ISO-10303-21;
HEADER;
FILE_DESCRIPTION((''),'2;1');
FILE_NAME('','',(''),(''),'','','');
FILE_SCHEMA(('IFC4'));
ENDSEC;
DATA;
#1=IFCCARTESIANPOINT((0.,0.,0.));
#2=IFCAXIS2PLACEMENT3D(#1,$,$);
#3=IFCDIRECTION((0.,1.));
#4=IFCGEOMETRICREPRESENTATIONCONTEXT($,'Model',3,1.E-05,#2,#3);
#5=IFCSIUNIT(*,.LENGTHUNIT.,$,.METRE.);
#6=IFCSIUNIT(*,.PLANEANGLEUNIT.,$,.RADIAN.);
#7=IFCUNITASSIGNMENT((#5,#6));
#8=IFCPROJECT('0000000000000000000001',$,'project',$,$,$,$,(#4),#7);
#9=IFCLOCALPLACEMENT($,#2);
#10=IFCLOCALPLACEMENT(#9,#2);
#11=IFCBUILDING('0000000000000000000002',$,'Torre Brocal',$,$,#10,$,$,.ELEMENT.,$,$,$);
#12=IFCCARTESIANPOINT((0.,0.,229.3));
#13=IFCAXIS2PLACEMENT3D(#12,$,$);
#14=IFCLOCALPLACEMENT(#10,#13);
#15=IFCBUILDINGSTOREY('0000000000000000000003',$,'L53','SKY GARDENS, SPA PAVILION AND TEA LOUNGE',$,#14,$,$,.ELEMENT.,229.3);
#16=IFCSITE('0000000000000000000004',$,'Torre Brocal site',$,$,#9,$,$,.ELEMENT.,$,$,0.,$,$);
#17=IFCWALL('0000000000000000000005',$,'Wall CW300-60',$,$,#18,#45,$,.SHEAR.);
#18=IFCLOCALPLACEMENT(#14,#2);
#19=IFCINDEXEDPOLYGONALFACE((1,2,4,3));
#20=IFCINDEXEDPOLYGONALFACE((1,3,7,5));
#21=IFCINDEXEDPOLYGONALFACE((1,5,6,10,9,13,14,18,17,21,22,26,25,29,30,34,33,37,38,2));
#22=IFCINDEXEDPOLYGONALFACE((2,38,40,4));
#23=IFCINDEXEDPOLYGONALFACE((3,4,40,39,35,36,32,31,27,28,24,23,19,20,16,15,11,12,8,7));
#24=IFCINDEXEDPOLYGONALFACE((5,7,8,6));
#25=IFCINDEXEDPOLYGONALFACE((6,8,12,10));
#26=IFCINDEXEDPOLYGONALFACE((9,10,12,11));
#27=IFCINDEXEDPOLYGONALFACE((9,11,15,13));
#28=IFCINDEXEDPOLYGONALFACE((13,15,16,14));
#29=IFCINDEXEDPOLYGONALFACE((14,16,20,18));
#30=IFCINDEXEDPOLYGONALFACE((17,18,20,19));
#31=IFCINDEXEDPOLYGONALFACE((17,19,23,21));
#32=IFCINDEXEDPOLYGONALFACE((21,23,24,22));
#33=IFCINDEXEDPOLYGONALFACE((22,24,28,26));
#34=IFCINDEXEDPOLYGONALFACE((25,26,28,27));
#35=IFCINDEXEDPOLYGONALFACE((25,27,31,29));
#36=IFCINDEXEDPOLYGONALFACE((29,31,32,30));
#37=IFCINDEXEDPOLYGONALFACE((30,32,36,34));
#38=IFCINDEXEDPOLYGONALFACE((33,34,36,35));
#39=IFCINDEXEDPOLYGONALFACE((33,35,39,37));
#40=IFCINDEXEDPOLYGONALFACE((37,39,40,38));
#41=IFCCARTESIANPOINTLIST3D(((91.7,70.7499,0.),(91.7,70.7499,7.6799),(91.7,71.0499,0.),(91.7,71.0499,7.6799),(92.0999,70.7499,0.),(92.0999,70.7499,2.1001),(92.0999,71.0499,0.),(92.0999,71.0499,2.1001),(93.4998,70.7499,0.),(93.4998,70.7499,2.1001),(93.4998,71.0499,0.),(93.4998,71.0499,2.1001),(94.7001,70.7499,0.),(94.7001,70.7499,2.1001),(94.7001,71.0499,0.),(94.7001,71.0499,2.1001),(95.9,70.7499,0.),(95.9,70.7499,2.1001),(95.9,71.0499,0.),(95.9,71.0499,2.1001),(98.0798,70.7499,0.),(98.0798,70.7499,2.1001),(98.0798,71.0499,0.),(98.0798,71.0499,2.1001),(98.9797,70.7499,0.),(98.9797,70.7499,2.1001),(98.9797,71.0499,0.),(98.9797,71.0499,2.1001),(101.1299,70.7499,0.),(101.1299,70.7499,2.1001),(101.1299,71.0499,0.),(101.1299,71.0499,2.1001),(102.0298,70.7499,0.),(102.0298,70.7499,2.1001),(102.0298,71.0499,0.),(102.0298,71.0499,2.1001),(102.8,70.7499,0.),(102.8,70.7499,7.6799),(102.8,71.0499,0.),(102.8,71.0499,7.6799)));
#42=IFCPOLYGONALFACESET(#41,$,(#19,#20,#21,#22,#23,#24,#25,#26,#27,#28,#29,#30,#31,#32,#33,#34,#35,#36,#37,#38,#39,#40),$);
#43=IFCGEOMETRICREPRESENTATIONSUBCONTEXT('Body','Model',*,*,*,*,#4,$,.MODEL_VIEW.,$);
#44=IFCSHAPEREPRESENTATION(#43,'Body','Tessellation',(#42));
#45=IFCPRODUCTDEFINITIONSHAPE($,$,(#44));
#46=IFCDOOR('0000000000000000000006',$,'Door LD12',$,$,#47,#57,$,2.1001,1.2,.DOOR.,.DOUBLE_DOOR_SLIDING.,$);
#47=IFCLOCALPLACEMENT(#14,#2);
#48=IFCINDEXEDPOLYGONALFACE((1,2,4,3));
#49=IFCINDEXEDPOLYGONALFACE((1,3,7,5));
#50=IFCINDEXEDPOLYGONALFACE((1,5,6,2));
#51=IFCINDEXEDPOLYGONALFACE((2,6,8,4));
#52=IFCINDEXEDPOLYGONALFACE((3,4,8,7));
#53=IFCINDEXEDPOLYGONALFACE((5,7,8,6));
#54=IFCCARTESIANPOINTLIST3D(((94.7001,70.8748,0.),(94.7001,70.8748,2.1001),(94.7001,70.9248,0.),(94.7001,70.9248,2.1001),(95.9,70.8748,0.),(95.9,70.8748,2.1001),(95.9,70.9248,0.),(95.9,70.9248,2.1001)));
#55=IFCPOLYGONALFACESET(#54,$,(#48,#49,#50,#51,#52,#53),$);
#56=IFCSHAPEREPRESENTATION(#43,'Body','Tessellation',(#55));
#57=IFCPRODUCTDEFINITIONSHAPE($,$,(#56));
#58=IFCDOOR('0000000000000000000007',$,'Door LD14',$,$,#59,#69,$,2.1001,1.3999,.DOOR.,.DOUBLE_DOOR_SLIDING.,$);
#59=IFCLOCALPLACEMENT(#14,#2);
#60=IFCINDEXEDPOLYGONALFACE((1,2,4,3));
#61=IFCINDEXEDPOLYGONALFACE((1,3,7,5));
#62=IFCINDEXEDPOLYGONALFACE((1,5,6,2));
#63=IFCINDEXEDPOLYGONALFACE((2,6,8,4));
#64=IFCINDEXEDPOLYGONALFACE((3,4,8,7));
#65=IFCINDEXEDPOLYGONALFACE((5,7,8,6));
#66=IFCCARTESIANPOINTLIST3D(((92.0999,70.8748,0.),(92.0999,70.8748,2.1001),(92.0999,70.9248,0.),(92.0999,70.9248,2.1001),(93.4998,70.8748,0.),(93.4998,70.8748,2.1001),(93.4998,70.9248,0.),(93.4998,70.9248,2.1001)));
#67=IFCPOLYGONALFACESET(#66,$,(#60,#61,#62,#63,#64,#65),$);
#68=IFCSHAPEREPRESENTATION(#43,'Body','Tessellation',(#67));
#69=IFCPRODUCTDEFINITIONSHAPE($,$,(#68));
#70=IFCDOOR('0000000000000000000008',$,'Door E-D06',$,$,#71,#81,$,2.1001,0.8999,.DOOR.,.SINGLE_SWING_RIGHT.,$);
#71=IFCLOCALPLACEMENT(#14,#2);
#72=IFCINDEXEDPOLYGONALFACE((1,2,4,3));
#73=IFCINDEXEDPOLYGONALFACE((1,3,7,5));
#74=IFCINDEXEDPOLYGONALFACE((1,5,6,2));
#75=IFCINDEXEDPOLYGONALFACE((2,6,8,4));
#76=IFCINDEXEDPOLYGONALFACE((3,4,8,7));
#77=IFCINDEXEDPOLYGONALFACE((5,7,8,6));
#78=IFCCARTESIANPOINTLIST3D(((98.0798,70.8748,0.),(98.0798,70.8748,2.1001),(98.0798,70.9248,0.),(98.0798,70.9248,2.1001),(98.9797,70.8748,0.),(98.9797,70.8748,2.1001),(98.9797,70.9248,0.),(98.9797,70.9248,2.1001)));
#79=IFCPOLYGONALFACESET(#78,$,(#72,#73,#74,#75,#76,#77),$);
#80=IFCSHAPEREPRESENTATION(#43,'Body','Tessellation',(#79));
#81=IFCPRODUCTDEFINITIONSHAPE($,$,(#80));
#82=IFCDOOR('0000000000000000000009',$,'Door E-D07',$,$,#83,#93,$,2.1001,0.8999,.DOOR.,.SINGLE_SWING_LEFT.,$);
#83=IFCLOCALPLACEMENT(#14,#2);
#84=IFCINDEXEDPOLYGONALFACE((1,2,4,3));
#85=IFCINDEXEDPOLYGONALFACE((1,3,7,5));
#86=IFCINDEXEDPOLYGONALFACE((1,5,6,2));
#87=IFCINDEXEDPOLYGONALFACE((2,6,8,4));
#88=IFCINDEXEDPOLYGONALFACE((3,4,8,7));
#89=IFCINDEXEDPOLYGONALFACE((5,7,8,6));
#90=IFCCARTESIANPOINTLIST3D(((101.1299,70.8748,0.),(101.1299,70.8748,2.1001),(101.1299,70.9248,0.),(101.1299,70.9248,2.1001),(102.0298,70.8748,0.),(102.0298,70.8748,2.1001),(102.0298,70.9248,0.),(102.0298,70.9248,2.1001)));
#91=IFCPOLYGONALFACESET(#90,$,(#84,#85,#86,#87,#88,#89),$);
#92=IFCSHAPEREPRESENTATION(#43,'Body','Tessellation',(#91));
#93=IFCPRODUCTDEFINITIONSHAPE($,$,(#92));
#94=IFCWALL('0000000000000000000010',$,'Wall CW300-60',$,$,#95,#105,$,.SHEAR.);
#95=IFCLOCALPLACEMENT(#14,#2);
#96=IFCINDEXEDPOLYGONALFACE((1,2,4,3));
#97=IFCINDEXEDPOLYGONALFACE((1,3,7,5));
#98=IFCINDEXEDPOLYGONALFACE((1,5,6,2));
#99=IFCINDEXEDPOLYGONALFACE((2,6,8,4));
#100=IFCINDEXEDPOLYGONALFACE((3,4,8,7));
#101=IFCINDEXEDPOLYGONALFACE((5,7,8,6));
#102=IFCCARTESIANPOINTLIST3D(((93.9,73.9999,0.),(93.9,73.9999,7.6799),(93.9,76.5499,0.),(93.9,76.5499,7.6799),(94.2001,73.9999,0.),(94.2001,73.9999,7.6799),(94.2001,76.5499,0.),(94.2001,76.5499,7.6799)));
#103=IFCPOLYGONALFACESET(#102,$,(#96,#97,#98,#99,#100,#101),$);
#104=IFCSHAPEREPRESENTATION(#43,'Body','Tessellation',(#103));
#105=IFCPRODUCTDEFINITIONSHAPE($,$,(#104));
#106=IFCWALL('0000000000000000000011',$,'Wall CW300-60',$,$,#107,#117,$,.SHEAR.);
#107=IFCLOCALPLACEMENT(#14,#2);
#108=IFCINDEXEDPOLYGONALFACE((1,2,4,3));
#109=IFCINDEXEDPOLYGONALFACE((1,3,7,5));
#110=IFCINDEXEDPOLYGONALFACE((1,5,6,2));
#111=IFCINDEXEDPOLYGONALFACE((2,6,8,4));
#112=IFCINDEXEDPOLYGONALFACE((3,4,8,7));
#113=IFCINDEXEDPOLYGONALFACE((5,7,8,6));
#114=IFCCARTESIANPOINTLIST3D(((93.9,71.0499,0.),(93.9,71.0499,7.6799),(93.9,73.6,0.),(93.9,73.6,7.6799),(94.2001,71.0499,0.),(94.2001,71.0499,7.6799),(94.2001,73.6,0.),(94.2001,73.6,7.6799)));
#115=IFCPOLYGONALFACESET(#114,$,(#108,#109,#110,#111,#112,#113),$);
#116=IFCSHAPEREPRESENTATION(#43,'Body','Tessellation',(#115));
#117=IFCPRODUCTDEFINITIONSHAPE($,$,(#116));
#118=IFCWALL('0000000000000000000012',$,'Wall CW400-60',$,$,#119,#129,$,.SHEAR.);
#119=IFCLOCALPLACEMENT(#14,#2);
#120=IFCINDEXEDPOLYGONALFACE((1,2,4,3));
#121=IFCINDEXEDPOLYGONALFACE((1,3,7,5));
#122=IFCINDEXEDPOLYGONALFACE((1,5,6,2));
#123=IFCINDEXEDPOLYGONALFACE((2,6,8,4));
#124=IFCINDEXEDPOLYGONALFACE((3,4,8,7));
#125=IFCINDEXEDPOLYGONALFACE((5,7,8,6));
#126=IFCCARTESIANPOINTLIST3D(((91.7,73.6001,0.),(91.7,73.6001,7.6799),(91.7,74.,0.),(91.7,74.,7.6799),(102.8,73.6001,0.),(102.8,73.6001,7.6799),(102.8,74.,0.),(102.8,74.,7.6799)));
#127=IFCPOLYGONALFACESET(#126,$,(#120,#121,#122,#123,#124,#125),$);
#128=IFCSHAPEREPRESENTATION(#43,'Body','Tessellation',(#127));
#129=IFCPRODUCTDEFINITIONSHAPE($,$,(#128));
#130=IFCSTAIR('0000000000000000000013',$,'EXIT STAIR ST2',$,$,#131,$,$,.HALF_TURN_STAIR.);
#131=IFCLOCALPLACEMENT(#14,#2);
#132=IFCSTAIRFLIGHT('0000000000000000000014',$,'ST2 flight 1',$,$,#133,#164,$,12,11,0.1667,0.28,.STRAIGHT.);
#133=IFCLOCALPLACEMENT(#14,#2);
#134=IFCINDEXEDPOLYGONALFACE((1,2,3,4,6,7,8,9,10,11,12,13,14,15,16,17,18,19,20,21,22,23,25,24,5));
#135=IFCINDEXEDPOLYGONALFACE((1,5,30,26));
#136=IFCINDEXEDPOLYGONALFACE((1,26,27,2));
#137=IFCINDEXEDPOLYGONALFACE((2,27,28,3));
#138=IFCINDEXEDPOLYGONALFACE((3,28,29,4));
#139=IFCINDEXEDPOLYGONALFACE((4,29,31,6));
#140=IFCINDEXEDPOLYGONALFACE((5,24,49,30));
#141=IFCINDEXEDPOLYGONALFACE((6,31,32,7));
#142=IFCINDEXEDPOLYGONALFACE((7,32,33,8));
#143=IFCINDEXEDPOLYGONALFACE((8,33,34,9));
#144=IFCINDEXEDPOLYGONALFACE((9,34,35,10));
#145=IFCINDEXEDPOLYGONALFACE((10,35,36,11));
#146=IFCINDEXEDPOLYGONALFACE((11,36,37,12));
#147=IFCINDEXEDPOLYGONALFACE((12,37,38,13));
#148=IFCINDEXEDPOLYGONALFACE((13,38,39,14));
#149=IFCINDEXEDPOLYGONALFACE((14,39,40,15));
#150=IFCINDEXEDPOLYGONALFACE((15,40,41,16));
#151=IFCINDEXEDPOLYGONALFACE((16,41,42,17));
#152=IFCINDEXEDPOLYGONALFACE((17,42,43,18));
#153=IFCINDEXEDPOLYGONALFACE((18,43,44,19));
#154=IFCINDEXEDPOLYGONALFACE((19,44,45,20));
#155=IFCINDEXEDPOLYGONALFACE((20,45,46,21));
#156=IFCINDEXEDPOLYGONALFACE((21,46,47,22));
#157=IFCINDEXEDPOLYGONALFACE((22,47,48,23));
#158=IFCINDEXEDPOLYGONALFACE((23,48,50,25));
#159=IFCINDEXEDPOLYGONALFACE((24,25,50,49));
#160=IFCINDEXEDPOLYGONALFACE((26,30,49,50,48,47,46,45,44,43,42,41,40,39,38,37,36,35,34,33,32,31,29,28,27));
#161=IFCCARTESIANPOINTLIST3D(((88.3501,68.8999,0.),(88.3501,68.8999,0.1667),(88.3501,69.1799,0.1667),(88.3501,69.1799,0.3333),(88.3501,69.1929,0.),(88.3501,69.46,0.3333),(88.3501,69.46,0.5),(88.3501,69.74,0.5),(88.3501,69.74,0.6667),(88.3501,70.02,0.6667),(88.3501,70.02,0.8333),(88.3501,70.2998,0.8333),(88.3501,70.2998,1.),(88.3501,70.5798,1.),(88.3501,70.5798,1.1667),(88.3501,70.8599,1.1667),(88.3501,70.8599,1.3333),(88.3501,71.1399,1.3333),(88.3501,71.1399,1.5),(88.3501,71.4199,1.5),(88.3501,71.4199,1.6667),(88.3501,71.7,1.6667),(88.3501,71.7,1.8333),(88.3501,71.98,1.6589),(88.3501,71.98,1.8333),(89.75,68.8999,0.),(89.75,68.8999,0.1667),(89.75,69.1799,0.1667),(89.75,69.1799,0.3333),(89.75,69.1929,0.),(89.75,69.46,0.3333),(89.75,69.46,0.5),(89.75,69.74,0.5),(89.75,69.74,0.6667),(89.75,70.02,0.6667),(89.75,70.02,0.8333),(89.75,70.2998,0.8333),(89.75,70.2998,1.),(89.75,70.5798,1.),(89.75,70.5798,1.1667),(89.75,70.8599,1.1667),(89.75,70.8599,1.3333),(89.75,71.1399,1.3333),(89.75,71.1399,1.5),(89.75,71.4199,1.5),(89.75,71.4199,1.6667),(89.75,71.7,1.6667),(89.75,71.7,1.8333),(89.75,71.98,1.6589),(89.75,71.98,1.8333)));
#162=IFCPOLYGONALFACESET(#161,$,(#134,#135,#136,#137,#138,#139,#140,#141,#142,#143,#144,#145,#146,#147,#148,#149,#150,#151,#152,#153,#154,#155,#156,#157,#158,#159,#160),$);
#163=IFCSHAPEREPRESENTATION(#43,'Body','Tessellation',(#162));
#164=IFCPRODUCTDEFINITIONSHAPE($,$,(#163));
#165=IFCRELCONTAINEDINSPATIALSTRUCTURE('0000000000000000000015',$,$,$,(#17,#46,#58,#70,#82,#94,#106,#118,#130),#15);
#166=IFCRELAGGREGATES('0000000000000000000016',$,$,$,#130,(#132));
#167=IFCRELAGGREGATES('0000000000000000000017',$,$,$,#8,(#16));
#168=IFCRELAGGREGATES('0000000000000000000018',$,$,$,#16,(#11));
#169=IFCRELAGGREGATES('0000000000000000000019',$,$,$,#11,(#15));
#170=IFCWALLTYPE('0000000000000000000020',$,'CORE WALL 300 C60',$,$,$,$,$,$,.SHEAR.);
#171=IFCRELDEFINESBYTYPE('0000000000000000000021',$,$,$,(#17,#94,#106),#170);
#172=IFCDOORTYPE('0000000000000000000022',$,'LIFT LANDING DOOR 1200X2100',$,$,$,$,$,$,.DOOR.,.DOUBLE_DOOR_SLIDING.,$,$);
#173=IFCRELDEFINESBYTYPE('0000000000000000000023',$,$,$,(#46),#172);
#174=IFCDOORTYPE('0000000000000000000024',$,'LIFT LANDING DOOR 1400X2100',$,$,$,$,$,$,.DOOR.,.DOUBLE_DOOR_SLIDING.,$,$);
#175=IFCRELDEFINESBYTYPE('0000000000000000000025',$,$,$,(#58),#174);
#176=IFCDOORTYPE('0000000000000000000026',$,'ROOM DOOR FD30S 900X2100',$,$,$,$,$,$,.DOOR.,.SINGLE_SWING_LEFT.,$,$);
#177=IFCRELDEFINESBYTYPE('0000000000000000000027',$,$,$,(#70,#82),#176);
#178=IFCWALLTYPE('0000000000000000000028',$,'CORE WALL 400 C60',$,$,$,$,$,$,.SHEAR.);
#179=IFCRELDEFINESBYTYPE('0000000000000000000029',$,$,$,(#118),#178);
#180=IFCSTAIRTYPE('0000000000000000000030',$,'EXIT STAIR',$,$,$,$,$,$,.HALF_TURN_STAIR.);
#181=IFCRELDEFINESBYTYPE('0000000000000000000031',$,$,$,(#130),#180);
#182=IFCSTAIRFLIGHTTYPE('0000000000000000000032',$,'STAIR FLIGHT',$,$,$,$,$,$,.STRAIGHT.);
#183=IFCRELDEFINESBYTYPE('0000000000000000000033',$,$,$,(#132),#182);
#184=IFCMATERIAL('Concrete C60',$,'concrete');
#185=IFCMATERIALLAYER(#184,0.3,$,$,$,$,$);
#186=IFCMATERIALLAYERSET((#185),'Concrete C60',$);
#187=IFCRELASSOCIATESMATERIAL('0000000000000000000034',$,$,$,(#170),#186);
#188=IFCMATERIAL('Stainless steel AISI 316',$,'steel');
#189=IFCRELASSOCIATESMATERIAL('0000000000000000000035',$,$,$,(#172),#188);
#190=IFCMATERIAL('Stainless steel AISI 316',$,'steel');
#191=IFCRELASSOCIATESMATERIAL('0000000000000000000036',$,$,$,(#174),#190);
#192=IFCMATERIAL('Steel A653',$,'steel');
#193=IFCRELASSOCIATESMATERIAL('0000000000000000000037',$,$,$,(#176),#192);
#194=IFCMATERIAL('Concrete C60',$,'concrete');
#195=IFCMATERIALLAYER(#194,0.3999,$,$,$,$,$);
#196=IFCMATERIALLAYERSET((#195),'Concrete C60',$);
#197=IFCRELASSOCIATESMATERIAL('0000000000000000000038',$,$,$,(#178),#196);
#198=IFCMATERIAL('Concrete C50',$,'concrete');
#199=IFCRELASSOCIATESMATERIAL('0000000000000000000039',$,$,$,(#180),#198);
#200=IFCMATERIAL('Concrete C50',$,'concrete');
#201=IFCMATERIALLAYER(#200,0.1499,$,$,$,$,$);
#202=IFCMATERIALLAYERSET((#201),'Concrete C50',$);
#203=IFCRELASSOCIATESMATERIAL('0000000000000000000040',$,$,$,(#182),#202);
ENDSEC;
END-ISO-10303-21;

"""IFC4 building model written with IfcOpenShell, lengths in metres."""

from ifc_helpers import new_model, si_unit, direction, frame, frame_2d, origin, place, context, subcontext, project, spatial, polyline, rectangle, outline, extrude, material, layer, layer_set, type_object, element, fill, aggregate, save


model = new_model("IFC4")

# Units and contexts
model_context = context("Model", 3, precision=1e-05, world=origin(), true_north=direction((0.0, 1.0)))
body_context = subcontext(model_context, "Body", "Model", "MODEL_VIEW")
ifc_project = project(units=[si_unit("LENGTHUNIT", "METRE"), si_unit("PLANEANGLEUNIT", "RADIAN")], contexts=[model_context])

# Site, building, storey
site_placement = place(None, origin())
site = spatial("IfcSite", under=ifc_project, at=site_placement, Name="Torre Brocal site", CompositionType="ELEMENT", RefElevation=0.0)
building_placement = place(site_placement, origin())
building = spatial("IfcBuilding", under=site, at=building_placement, Name="Torre Brocal", CompositionType="ELEMENT")
storey_placement = place(building_placement, frame((0.0, 0.0, 229.3)))
storey = spatial("IfcBuildingStorey", under=building, at=storey_placement, Name="L53", Description="SKY GARDENS, SPA PAVILION AND TEA LOUNGE", CompositionType="ELEMENT", Elevation=229.3)

# Shared definitions
ifc_material_1 = material(Name="Concrete C60", Category="concrete")
ifc_layer_1 = layer(ifc_material_1, 0.3)
ifc_layer_set_1 = layer_set([ifc_layer_1], Name="Concrete C60")
wall_type_1 = type_object("IfcWallType", Name="CORE WALL 300 C60", PredefinedType="SHEAR", material=ifc_layer_set_1)

# Wall, openings, doors
wall_1_placement = place(storey_placement, frame((91.7, 70.8999, 0.0), z_axis=(0.0, 0.0, 1.0), x_axis=(1.0, 0.0, 0.0)))
wall_1 = element("IfcWall", 1, at=wall_1_placement, inside=storey, type_object=wall_type_1, Name="Wall CW300-60", PredefinedType="SHEAR", context=body_context, shape_type="SweptSolid", body=[
    extrude(rectangle(XDim=11.1001, YDim=0.3, at=frame_2d((5.55, 0.0))), origin(), (0.0, 0.0, 1.0), 7.6799),
])
opening_1_placement = place(wall_1_placement, frame((0.3999, 0.0, 0.0)))
opening_1 = element("IfcOpeningElement", 2, at=opening_1_placement, cuts=wall_1, PredefinedType="OPENING", context=body_context, shape_type="SweptSolid", body=[
    extrude(rectangle(XDim=1.3999, YDim=2.1001, at=frame_2d((0.7, 1.05))), frame((0.0, 0.1599, 0.0), z_axis=(0.0, -1.0, 0.0), x_axis=(1.0, 0.0, 0.0)), (0.0, 0.0, 1.0), 0.3201),
])
opening_2_placement = place(wall_1_placement, frame((3.0, 0.0, 0.0)))
opening_2 = element("IfcOpeningElement", 3, at=opening_2_placement, cuts=wall_1, PredefinedType="OPENING", context=body_context, shape_type="SweptSolid", body=[
    extrude(rectangle(XDim=1.2, YDim=2.1001, at=frame_2d((0.6001, 1.05))), frame((0.0, 0.1599, 0.0), z_axis=(0.0, -1.0, 0.0), x_axis=(1.0, 0.0, 0.0)), (0.0, 0.0, 1.0), 0.3201),
])
opening_3_placement = place(wall_1_placement, frame((6.3799, 0.0, 0.0)))
opening_3 = element("IfcOpeningElement", 4, at=opening_3_placement, cuts=wall_1, PredefinedType="OPENING", context=body_context, shape_type="SweptSolid", body=[
    extrude(rectangle(XDim=0.8999, YDim=2.1001, at=frame_2d((0.45, 1.05))), frame((0.0, 0.1599, 0.0), z_axis=(0.0, -1.0, 0.0), x_axis=(1.0, 0.0, 0.0)), (0.0, 0.0, 1.0), 0.3201),
])
opening_4_placement = place(wall_1_placement, frame((9.4299, 0.0, 0.0)))
opening_4 = element("IfcOpeningElement", 5, at=opening_4_placement, cuts=wall_1, PredefinedType="OPENING", context=body_context, shape_type="SweptSolid", body=[
    extrude(rectangle(XDim=0.8999, YDim=2.1001, at=frame_2d((0.45, 1.05))), frame((0.0, 0.1599, 0.0), z_axis=(0.0, -1.0, 0.0), x_axis=(1.0, 0.0, 0.0)), (0.0, 0.0, 1.0), 0.3201),
])
ifc_material_2 = material(Name="Stainless steel AISI 316", Category="steel")
door_type_1 = type_object("IfcDoorType", Name="LIFT LANDING DOOR 1200X2100", OperationType="DOUBLE_DOOR_SLIDING", PredefinedType="DOOR", material=ifc_material_2)
door_1_placement = place(opening_2_placement, origin())
door_1 = element("IfcDoor", 6, at=door_1_placement, inside=storey, type_object=door_type_1, Name="Door LD12", OperationType="DOUBLE_DOOR_SLIDING", OverallHeight=2.1001, OverallWidth=1.2, PredefinedType="DOOR", context=body_context, shape_type="SweptSolid", body=[
    extrude(rectangle(XDim=1.2, YDim=2.1001, at=frame_2d((0.6001, 1.05))), frame((0.0, 0.0249, 0.0), z_axis=(0.0, -1.0, 0.0), x_axis=(1.0, 0.0, 0.0)), (0.0, 0.0, 1.0), 0.05),
])
fill(opening_2, door_1)
ifc_material_3 = material(Name="Stainless steel AISI 316", Category="steel")
door_type_2 = type_object("IfcDoorType", Name="LIFT LANDING DOOR 1400X2100", OperationType="DOUBLE_DOOR_SLIDING", PredefinedType="DOOR", material=ifc_material_3)
door_2_placement = place(opening_1_placement, origin())
door_2 = element("IfcDoor", 7, at=door_2_placement, inside=storey, type_object=door_type_2, Name="Door LD14", OperationType="DOUBLE_DOOR_SLIDING", OverallHeight=2.1001, OverallWidth=1.3999, PredefinedType="DOOR", context=body_context, shape_type="SweptSolid", body=[
    extrude(rectangle(XDim=1.3999, YDim=2.1001, at=frame_2d((0.7, 1.05))), frame((0.0, 0.0249, 0.0), z_axis=(0.0, -1.0, 0.0), x_axis=(1.0, 0.0, 0.0)), (0.0, 0.0, 1.0), 0.05),
])
fill(opening_1, door_2)
ifc_material_4 = material(Name="Steel A653", Category="steel")
door_type_3 = type_object("IfcDoorType", Name="ROOM DOOR FD30S 900X2100", OperationType="SINGLE_SWING_LEFT", PredefinedType="DOOR", material=ifc_material_4)
door_3_placement = place(opening_3_placement, origin())
door_3 = element("IfcDoor", 8, at=door_3_placement, inside=storey, type_object=door_type_3, Name="Door E-D06", OperationType="SINGLE_SWING_RIGHT", OverallHeight=2.1001, OverallWidth=0.8999, PredefinedType="DOOR", context=body_context, shape_type="SweptSolid", body=[
    extrude(rectangle(XDim=0.8999, YDim=2.1001, at=frame_2d((0.45, 1.05))), frame((0.0, 0.0249, 0.0), z_axis=(0.0, -1.0, 0.0), x_axis=(1.0, 0.0, 0.0)), (0.0, 0.0, 1.0), 0.05),
])
fill(opening_3, door_3)
door_4_placement = place(opening_4_placement, origin())
door_4 = element("IfcDoor", 9, at=door_4_placement, inside=storey, type_object=door_type_3, Name="Door E-D07", OperationType="SINGLE_SWING_LEFT", OverallHeight=2.1001, OverallWidth=0.8999, PredefinedType="DOOR", context=body_context, shape_type="SweptSolid", body=[
    extrude(rectangle(XDim=0.8999, YDim=2.1001, at=frame_2d((0.45, 1.05))), frame((0.0, 0.0249, 0.0), z_axis=(0.0, -1.0, 0.0), x_axis=(1.0, 0.0, 0.0)), (0.0, 0.0, 1.0), 0.05),
])
fill(opening_4, door_4)

# Walls
for number, where, z_axis, x_axis, name in (
    (10, (94.05, 74.0, 0.0), (0.0, 0.0, 1.0), (0.0, 1.0, 0.0), "Wall CW300-60"),
    (11, (94.05, 71.05, 0.0), (0.0, 0.0, 1.0), (0.0, 1.0, 0.0), "Wall CW300-60"),
):
    element("IfcWall", number, at=place(storey_placement, frame(where, z_axis=z_axis, x_axis=x_axis)), inside=storey, type_object=wall_type_1, Name=name, PredefinedType="SHEAR", context=body_context, shape_type="SweptSolid", body=[
        extrude(rectangle(XDim=2.55, YDim=0.3, at=frame_2d((1.2749, 0.0))), origin(), (0.0, 0.0, 1.0), 7.6799),
    ])
ifc_material_5 = material(Name="Concrete C60", Category="concrete")
ifc_layer_2 = layer(ifc_material_5, 0.3999)
ifc_layer_set_2 = layer_set([ifc_layer_2], Name="Concrete C60")
wall_type_2 = type_object("IfcWallType", Name="CORE WALL 400 C60", PredefinedType="SHEAR", material=ifc_layer_set_2)
wall_2_placement = place(storey_placement, frame((91.7, 73.8, 0.0), z_axis=(0.0, 0.0, 1.0), x_axis=(1.0, 0.0, 0.0)))
element("IfcWall", 12, at=wall_2_placement, inside=storey, type_object=wall_type_2, Name="Wall CW400-60", PredefinedType="SHEAR", context=body_context, shape_type="SweptSolid", body=[
    extrude(rectangle(XDim=11.1001, YDim=0.3999, at=frame_2d((5.55, 0.0))), origin(), (0.0, 0.0, 1.0), 7.6799),
])

# Stair, stair flight
ifc_material_6 = material(Name="Concrete C50", Category="concrete")
stair_type = type_object("IfcStairType", Name="EXIT STAIR", PredefinedType="HALF_TURN_STAIR", material=ifc_material_6)
stair_placement = place(storey_placement, origin())
stair = element("IfcStair", 13, at=stair_placement, inside=storey, type_object=stair_type, Name="EXIT STAIR ST2", PredefinedType="HALF_TURN_STAIR")
ifc_material_7 = material(Name="Concrete C50", Category="concrete")
ifc_layer_3 = layer(ifc_material_7, 0.1499)
ifc_layer_set_3 = layer_set([ifc_layer_3], Name="Concrete C50")
stair_flight_type = type_object("IfcStairFlightType", Name="STAIR FLIGHT", PredefinedType="STRAIGHT", material=ifc_layer_set_3)
stair_flight_1_placement = place(storey_placement, frame((89.05, 68.8999, 0.0), z_axis=(0.0, 0.0, 1.0), x_axis=(0.0, 1.0, 0.0)))
stair_flight_1 = element("IfcStairFlight", 14, at=stair_flight_1_placement, type_object=stair_flight_type, Name="ST2 flight 1", NumberOfRisers=12, NumberOfTreads=11, PredefinedType="STRAIGHT", RiserHeight=0.1667, TreadLength=0.28, context=body_context, shape_type="SweptSolid", body=[
    extrude(outline(polyline([(0.0, 0.0), (0.0, 0.1667), (0.28, 0.1667), (0.28, 0.3333), (0.5601, 0.3333), (0.5601, 0.5), (0.8401, 0.5), (0.8401, 0.6667), (1.1201, 0.6667), (1.1201, 0.8333), (1.3999, 0.8333), (1.3999, 1.0), (1.6799, 1.0), (1.6799, 1.1667), (1.96, 1.1667), (1.96, 1.3333), (2.24, 1.3333), (2.24, 1.5), (2.52, 1.5), (2.52, 1.6667), (2.8, 1.6667), (2.8, 1.8333), (3.0801, 1.8333), (3.0801, 2.0), (3.0801, 1.6589), (0.293, 0.0), (0.0, 0.0)])), frame((0.0, 0.7, 0.0), z_axis=(0.0, -1.0, 0.0), x_axis=(1.0, 0.0, 0.0)), (0.0, 0.0, 1.0), 1.3999),
])
aggregate(stair, [stair_flight_1])

save(model, "model.ifc")
